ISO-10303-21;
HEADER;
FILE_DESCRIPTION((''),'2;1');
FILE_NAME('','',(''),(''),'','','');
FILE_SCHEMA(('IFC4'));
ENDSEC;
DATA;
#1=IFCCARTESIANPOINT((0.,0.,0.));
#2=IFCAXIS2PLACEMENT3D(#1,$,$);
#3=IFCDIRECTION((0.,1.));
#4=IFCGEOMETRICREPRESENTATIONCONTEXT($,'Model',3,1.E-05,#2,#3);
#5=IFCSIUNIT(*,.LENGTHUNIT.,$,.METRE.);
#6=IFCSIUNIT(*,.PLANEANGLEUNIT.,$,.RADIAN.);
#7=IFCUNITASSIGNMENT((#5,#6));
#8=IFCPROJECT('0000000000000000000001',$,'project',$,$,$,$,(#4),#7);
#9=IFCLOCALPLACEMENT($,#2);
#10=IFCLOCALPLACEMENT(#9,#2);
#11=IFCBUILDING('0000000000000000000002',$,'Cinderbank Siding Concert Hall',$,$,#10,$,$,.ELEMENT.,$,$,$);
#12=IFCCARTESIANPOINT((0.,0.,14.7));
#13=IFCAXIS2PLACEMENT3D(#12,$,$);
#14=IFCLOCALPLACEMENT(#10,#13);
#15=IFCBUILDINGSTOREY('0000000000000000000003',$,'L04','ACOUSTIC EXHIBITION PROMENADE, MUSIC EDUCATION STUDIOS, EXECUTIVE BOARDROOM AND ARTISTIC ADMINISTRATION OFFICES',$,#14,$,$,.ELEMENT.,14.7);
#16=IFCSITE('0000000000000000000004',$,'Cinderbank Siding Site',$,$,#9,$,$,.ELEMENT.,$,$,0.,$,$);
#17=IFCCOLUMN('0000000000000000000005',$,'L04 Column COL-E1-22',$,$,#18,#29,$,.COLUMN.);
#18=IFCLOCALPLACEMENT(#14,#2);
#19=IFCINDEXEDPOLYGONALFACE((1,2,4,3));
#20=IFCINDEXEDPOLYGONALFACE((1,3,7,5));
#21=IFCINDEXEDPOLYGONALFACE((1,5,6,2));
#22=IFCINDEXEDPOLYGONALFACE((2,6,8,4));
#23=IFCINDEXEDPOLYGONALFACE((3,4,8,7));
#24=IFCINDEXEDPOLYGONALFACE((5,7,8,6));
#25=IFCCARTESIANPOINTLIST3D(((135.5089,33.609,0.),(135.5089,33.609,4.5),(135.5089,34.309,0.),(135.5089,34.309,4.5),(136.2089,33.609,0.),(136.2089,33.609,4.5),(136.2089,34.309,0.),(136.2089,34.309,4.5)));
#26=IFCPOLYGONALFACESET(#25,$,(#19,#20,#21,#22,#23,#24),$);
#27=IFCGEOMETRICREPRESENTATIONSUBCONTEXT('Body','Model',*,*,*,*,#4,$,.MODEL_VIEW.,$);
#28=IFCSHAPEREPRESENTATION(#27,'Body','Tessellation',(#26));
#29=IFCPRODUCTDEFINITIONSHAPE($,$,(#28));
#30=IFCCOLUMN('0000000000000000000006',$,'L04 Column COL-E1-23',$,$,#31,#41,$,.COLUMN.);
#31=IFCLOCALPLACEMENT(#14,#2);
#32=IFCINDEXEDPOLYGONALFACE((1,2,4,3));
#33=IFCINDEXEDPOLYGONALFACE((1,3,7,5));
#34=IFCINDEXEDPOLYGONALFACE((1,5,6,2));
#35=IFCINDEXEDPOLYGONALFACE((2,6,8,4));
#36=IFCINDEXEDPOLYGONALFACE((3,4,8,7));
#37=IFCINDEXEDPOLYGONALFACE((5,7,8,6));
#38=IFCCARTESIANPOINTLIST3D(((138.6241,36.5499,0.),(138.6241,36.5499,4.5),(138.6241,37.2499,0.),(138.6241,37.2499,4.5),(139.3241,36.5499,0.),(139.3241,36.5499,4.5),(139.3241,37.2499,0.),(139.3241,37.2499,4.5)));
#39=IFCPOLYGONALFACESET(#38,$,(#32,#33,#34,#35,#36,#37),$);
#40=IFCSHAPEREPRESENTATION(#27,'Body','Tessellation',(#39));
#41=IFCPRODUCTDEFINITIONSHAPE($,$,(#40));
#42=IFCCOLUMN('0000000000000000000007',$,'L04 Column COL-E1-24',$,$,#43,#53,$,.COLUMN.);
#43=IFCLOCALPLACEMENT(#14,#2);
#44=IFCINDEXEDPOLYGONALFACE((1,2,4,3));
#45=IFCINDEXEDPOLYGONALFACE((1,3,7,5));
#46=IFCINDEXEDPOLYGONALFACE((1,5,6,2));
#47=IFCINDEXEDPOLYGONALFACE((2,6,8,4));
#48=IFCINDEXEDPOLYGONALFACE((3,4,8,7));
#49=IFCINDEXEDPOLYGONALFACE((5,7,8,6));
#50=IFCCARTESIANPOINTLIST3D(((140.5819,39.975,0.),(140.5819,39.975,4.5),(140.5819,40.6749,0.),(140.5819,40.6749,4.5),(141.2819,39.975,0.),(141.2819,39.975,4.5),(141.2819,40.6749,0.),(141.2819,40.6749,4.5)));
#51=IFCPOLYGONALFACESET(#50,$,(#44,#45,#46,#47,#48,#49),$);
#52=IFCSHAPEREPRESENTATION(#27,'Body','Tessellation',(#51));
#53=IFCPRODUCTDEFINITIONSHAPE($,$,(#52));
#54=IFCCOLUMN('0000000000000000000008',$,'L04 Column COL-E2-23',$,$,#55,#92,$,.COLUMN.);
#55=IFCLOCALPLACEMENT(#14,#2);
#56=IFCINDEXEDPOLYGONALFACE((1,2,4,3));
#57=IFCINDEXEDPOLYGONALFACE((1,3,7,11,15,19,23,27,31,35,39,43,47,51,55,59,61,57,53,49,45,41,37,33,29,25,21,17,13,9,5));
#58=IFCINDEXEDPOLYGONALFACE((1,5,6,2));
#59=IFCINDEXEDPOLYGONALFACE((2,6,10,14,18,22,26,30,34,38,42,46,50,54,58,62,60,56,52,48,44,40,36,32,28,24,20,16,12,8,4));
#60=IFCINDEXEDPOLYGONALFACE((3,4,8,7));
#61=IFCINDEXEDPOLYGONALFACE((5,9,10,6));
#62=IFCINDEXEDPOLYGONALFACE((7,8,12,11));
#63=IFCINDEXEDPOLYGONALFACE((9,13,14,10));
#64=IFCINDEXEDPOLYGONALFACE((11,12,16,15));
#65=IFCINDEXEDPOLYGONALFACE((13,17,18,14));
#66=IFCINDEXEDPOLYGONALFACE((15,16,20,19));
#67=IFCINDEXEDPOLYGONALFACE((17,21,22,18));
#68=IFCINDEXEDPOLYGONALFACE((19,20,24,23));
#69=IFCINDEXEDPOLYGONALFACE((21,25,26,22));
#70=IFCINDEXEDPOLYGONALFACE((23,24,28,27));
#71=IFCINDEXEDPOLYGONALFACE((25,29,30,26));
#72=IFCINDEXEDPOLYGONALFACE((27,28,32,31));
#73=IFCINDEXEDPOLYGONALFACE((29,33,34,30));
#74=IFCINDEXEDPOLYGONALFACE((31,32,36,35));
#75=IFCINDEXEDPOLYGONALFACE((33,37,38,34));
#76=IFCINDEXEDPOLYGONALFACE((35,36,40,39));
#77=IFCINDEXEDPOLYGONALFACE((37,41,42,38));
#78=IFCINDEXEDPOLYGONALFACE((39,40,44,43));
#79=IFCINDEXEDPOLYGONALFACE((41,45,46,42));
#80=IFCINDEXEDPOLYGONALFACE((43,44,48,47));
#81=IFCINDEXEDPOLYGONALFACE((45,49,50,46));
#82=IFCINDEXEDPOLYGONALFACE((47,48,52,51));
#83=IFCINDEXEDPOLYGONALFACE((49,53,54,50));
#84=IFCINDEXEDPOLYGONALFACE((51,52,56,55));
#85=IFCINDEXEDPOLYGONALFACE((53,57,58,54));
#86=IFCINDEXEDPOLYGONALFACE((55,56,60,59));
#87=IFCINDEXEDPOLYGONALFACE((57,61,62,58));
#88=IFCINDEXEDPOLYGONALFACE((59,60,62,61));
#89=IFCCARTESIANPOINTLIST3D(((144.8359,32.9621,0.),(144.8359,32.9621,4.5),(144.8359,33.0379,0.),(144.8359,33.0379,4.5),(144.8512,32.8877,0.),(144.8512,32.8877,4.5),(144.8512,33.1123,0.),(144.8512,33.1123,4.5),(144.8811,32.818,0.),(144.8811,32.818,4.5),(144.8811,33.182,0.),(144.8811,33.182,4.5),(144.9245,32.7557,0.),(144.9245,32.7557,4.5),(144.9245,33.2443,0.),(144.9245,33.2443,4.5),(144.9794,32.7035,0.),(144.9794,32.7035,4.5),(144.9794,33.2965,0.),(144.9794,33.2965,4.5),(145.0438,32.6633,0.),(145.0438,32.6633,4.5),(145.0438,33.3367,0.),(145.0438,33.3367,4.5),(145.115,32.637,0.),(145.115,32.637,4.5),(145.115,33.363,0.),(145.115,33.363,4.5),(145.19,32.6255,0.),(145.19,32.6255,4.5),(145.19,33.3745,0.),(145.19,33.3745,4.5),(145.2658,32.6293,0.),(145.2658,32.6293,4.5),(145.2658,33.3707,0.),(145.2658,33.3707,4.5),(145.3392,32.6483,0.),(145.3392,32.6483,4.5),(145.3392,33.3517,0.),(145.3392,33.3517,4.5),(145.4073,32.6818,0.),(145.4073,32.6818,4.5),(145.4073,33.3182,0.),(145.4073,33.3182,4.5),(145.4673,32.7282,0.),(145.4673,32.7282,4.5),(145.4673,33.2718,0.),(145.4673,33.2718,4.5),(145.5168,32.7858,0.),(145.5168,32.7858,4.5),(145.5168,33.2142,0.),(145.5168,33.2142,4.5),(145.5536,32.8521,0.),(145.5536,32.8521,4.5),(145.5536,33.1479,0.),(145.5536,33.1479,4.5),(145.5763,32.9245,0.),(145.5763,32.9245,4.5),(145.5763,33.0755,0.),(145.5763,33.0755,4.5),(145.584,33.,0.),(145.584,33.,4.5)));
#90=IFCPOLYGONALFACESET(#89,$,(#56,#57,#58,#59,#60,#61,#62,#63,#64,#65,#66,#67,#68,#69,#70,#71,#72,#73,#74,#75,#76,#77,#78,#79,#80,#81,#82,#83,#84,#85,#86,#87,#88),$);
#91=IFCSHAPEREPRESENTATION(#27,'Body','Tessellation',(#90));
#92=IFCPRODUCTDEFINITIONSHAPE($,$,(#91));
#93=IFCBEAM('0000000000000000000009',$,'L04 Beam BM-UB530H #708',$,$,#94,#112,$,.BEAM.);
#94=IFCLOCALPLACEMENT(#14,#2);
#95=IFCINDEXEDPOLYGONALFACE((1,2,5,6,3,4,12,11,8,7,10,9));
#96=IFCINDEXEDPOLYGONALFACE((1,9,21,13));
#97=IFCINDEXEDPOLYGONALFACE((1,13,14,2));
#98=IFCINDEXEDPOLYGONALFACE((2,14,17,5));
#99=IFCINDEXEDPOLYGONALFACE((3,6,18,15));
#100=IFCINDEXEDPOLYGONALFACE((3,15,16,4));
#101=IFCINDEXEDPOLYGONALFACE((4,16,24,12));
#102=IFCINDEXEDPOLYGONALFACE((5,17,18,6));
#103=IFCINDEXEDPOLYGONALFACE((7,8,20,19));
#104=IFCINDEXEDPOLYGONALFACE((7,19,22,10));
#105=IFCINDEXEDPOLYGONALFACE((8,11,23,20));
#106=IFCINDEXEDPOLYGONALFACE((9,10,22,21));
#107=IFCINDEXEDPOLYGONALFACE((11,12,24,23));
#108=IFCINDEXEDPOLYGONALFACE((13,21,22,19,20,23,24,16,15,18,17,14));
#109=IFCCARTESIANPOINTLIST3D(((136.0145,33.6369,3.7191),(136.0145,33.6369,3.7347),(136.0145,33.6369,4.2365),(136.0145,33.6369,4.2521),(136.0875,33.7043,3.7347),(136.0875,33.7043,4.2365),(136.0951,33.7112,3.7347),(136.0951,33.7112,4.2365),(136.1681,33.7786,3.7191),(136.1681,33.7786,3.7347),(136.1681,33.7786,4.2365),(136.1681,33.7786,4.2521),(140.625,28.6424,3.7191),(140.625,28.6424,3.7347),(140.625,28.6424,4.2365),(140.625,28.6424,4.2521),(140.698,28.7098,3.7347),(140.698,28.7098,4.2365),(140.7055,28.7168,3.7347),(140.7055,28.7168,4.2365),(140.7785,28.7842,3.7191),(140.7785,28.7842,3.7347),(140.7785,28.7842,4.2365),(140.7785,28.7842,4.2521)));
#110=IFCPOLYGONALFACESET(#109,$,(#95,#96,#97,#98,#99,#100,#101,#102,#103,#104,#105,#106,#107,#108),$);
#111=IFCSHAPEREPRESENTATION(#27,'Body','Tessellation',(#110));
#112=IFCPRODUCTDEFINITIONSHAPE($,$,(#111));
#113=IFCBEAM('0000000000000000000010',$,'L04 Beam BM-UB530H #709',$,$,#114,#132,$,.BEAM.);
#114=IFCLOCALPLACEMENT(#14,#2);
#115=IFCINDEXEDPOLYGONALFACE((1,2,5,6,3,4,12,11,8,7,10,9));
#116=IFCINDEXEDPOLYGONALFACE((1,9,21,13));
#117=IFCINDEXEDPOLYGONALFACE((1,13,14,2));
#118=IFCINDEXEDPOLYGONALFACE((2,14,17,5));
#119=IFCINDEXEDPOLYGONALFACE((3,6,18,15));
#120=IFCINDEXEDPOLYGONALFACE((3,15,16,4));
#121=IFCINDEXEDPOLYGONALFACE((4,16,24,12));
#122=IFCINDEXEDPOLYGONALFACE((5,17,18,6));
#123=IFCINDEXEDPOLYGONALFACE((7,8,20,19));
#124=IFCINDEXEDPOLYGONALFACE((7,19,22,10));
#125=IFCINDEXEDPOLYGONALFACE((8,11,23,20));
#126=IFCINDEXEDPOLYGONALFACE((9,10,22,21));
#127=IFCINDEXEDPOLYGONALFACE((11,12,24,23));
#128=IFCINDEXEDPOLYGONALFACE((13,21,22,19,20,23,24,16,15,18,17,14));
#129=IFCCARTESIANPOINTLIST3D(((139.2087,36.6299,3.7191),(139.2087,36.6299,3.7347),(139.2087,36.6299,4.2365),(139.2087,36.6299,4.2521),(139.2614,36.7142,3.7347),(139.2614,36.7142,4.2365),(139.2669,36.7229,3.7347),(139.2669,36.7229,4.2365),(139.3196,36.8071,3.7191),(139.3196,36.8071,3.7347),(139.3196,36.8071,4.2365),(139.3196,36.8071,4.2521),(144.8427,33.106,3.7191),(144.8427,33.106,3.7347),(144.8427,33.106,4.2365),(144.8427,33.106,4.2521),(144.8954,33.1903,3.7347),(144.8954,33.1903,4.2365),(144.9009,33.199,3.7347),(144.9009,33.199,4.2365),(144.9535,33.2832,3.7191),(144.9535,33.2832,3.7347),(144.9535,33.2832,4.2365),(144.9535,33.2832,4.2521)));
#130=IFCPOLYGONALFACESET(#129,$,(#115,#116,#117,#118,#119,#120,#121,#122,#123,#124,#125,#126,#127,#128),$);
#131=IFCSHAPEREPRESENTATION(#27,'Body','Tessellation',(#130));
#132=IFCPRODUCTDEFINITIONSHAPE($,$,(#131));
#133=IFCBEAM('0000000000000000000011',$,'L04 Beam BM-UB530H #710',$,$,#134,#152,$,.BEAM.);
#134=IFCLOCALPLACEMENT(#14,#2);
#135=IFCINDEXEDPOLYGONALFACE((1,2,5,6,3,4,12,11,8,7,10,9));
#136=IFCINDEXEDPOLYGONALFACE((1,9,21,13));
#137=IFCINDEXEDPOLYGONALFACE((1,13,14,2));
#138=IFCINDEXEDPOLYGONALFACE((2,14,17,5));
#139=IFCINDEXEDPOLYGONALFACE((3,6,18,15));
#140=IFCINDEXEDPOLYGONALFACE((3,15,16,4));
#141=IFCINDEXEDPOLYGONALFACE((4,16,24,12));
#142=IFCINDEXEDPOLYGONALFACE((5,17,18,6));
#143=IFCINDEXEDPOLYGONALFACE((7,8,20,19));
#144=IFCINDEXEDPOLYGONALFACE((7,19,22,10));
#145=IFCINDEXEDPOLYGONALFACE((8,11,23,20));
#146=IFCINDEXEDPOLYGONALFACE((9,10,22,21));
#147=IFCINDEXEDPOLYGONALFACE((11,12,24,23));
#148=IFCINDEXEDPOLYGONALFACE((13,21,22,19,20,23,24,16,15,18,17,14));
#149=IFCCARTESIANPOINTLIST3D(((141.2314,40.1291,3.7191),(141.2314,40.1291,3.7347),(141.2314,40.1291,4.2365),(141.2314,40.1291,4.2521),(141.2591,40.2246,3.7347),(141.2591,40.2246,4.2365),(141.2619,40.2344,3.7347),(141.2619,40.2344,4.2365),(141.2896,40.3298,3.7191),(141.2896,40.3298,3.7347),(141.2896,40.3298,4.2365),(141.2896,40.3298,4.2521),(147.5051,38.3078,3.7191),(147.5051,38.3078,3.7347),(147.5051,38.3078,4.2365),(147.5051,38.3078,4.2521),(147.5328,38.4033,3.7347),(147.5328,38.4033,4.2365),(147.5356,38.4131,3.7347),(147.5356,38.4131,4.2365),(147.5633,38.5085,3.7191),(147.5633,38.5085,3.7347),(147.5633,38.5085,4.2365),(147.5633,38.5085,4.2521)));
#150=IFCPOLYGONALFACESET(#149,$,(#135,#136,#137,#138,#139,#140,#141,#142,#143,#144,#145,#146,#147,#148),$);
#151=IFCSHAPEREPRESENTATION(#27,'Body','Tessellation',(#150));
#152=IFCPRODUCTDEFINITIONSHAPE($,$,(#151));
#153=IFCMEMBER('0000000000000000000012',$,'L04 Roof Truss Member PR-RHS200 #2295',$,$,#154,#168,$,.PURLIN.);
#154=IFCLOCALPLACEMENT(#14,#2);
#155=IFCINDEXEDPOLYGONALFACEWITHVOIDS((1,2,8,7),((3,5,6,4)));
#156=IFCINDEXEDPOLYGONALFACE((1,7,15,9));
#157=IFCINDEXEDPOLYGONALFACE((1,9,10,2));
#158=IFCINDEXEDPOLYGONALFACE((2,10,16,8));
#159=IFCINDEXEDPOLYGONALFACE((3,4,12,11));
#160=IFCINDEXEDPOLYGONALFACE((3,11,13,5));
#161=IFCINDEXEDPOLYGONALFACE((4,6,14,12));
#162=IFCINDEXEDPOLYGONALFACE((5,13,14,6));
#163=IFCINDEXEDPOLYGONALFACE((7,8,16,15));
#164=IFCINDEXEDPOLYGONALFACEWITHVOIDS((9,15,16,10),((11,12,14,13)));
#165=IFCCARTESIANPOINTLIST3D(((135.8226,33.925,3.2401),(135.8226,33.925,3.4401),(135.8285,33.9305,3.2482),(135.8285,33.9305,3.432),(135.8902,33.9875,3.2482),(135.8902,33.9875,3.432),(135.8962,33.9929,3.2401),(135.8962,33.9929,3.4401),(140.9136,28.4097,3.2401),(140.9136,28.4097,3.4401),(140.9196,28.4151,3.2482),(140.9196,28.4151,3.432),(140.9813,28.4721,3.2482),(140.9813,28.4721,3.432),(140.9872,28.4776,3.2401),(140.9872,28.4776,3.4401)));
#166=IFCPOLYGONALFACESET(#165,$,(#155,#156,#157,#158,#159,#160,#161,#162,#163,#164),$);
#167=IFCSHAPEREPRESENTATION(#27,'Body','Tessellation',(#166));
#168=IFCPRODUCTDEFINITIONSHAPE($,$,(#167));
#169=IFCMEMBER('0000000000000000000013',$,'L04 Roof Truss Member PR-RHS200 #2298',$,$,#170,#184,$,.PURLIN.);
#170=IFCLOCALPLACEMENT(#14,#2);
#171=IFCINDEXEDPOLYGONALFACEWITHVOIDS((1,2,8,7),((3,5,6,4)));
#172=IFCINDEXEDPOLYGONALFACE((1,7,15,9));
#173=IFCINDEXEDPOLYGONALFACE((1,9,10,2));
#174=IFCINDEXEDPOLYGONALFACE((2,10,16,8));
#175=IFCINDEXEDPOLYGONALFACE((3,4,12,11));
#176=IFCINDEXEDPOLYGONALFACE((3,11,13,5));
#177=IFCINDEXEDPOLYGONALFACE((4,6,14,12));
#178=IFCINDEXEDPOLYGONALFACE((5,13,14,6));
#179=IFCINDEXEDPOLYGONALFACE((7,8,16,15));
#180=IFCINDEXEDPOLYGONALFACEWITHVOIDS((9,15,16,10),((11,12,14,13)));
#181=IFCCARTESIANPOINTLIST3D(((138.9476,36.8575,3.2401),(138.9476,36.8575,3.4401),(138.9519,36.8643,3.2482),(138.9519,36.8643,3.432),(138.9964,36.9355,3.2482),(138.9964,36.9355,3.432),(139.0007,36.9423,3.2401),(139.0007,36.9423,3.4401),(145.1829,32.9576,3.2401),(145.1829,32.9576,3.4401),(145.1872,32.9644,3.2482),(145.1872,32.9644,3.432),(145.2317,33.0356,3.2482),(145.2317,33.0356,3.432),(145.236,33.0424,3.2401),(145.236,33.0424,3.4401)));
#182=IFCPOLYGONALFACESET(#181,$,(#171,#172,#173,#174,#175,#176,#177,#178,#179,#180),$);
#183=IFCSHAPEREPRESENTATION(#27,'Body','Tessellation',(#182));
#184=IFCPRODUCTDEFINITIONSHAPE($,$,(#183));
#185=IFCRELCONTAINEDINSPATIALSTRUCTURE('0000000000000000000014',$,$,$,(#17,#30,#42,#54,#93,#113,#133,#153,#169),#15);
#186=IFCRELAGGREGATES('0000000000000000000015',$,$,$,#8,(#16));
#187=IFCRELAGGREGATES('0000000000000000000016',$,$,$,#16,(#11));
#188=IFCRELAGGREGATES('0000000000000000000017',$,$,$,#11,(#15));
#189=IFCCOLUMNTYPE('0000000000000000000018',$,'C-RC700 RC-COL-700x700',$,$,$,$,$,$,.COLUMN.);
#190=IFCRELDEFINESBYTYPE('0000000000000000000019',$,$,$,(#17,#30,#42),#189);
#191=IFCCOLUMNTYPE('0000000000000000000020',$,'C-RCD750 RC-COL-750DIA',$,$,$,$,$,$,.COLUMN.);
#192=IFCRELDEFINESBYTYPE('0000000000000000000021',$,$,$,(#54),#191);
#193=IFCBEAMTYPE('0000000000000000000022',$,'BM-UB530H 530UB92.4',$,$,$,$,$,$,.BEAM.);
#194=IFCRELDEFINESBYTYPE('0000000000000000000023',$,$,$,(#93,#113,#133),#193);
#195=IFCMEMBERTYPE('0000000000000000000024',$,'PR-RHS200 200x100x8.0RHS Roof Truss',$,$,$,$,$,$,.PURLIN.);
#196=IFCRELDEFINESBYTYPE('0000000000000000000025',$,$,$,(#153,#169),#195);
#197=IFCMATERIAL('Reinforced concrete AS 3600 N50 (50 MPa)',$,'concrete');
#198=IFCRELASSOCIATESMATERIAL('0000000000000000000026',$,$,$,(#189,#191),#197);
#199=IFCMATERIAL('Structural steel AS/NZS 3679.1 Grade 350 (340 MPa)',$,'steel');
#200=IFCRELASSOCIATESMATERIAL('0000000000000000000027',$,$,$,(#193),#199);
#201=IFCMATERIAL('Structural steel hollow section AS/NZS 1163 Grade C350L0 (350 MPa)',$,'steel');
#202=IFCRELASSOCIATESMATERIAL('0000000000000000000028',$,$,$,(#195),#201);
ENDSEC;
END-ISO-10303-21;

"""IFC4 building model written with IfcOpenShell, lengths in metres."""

from ifc_helpers import new_model, si_unit, direction, frame, origin, origin_2d, place, context, subcontext, project, spatial, rectangle, hollow_rectangle, circle, i_section, extrude, material, material_profile, profile_set, type_object, element, save


model = new_model("IFC4")

# Units and contexts
model_context = context("Model", 3, precision=1e-05, world=origin(), true_north=direction((0.0, 1.0)))
body_context = subcontext(model_context, "Body", "Model", "MODEL_VIEW")
ifc_project = project(units=[si_unit("LENGTHUNIT", "METRE"), si_unit("PLANEANGLEUNIT", "RADIAN")], contexts=[model_context])

# Site, building, storey
site_placement = place(None, origin())
site = spatial("IfcSite", under=ifc_project, at=site_placement, Name="Cinderbank Siding Site", CompositionType="ELEMENT", RefElevation=0.0)
building_placement = place(site_placement, origin())
building = spatial("IfcBuilding", under=site, at=building_placement, Name="Cinderbank Siding Concert Hall", CompositionType="ELEMENT")
storey_placement = place(building_placement, frame((0.0, 0.0, 14.7)))
storey = spatial("IfcBuildingStorey", under=building, at=storey_placement, Name="L04", Description="ACOUSTIC EXHIBITION PROMENADE, MUSIC EDUCATION STUDIOS, EXECUTIVE BOARDROOM AND ARTISTIC ADMINISTRATION OFFICES", CompositionType="ELEMENT", Elevation=14.7)

# Columns
ifc_material_1 = material(Name="Reinforced concrete AS 3600 N50 (50 MPa)", Category="concrete")
ifc_material_profile_1 = material_profile(ifc_material_1, rectangle(XDim=0.7, YDim=0.7, at=origin_2d()), Name="RC-COL-700x700", Category="LoadBearing")
ifc_profile_set_1 = profile_set([ifc_material_profile_1], Name="Reinforced concrete AS 3600 N50 (50 MPa)")
column_type_1 = type_object("IfcColumnType", Name="C-RC700 RC-COL-700x700", PredefinedType="COLUMN", material=ifc_profile_set_1)
for number, where, z_axis, x_axis, name in (
    (1, (135.8589, 33.959, 0.0), (0.0, 0.0, 1.0), (1.0, 0.0, 0.0), "L04 Column COL-E1-22"),
    (2, (138.9741, 36.8999, 0.0), (0.0, 0.0, 1.0), (1.0, 0.0, 0.0), "L04 Column COL-E1-23"),
    (3, (140.9319, 40.325, 0.0), (0.0, 0.0, 1.0), (1.0, 0.0, 0.0), "L04 Column COL-E1-24"),
):
    element("IfcColumn", number, at=place(storey_placement, frame(where, z_axis=z_axis, x_axis=x_axis)), inside=storey, type_object=column_type_1, Name=name, PredefinedType="COLUMN", context=body_context, shape_type="SweptSolid", body=[
        extrude(rectangle(XDim=0.7, YDim=0.7, at=origin_2d()), origin(), (0.0, 0.0, 1.0), 4.5),
    ])
ifc_material_profile_2 = material_profile(ifc_material_1, circle(Radius=0.375, at=origin_2d()), Name="RC-COL-750DIA", Category="LoadBearing")
ifc_profile_set_2 = profile_set([ifc_material_profile_2], Name="Reinforced concrete AS 3600 N50 (50 MPa)")
column_type_2 = type_object("IfcColumnType", Name="C-RCD750 RC-COL-750DIA", PredefinedType="COLUMN", material=ifc_profile_set_2)
column_placement = place(storey_placement, frame((145.209, 33.0, 0.0), z_axis=(0.0, 0.0, 1.0), x_axis=(1.0, 0.0, 0.0)))
element("IfcColumn", 4, at=column_placement, inside=storey, type_object=column_type_2, Name="L04 Column COL-E2-23", PredefinedType="COLUMN", context=body_context, shape_type="SweptSolid", body=[
    extrude(circle(Radius=0.375, at=origin_2d()), origin(), (0.0, 0.0, 1.0), 4.5),
])

# Beams
ifc_material_2 = material(Name="Structural steel AS/NZS 3679.1 Grade 350 (340 MPa)", Category="steel")
ifc_material_profile_3 = material_profile(ifc_material_2, i_section(OverallWidth=0.209, OverallDepth=0.533, WebThickness=0.0103, FlangeThickness=0.0156, at=origin_2d()), Name="530UB92.4", Category="LoadBearing")
ifc_profile_set_3 = profile_set([ifc_material_profile_3], Name="Structural steel AS/NZS 3679.1 Grade 350 (340 MPa)")
beam_type = type_object("IfcBeamType", Name="BM-UB530H 530UB92.4", PredefinedType="BEAM", material=ifc_profile_set_3)
beam_1_placement = place(storey_placement, frame((136.0913, 33.7078, 3.9856), z_axis=(0.678292, -0.734792, 0.0), x_axis=(0.734792, 0.678292, 0.0)))
element("IfcBeam", 5, at=beam_1_placement, inside=storey, type_object=beam_type, Name="L04 Beam BM-UB530H #708", PredefinedType="BEAM", context=body_context, shape_type="SweptSolid", body=[
    extrude(i_section(OverallWidth=0.209, OverallDepth=0.533, WebThickness=0.0103, FlangeThickness=0.0156, at=origin_2d()), origin(), (0.0, 0.0, 1.0), 6.7971),
])
beam_2_placement = place(storey_placement, frame((139.2642, 36.7185, 3.9856), z_axis=(0.847819, -0.530286, 0.0), x_axis=(0.530286, 0.847819, 0.0)))
element("IfcBeam", 6, at=beam_2_placement, inside=storey, type_object=beam_type, Name="L04 Beam BM-UB530H #709", PredefinedType="BEAM", context=body_context, shape_type="SweptSolid", body=[
    extrude(i_section(OverallWidth=0.209, OverallDepth=0.533, WebThickness=0.0103, FlangeThickness=0.0156, at=origin_2d()), origin(), (0.0, 0.0, 1.0), 6.6453),
])
beam_3_placement = place(storey_placement, frame((141.2605, 40.2295, 3.9856), z_axis=(0.96035, -0.278796, 0.0), x_axis=(0.278796, 0.96035, 0.0)))
element("IfcBeam", 7, at=beam_3_placement, inside=storey, type_object=beam_type, Name="L04 Beam BM-UB530H #710", PredefinedType="BEAM", context=body_context, shape_type="SweptSolid", body=[
    extrude(i_section(OverallWidth=0.209, OverallDepth=0.533, WebThickness=0.0103, FlangeThickness=0.0156, at=origin_2d()), origin(), (0.0, 0.0, 1.0), 6.5327),
])

# Members
ifc_material_3 = material(Name="Structural steel hollow section AS/NZS 1163 Grade C350L0 (350 MPa)", Category="steel")
ifc_material_profile_4 = material_profile(ifc_material_3, hollow_rectangle(XDim=0.1001, YDim=0.2, WallThickness=0.0081, at=origin_2d()), Name="200x100x8.0RHS", Category="LoadBearing")
ifc_profile_set_4 = profile_set([ifc_material_profile_4], Name="Structural steel hollow section AS/NZS 1163 Grade C350L0 (350 MPa)")
member_type_1 = type_object("IfcMemberType", Name="PR-RHS200 200x100x8.0RHS Roof Truss", PredefinedType="PURLIN", material=ifc_profile_set_4)
member_1_placement = place(storey_placement, frame((135.8594, 33.959, 3.3401), z_axis=(0.678276, -0.734807, 0.0), x_axis=(0.734807, 0.678276, 0.0)))
element("IfcMember", 8, at=member_1_placement, inside=storey, type_object=member_type_1, Name="L04 Roof Truss Member PR-RHS200 #2295", PredefinedType="PURLIN", context=body_context, shape_type="SweptSolid", body=[
    extrude(hollow_rectangle(XDim=0.1001, YDim=0.2, WallThickness=0.0081, at=origin_2d()), origin(), (0.0, 0.0, 1.0), 7.5059),
])
member_2_placement = place(storey_placement, frame((138.9741, 36.8999, 3.3401), z_axis=(0.847827, -0.530273, 0.0), x_axis=(0.530273, 0.847827, 0.0)))
element("IfcMember", 9, at=member_2_placement, inside=storey, type_object=member_type_1, Name="L04 Roof Truss Member PR-RHS200 #2298", PredefinedType="PURLIN", context=body_context, shape_type="SweptSolid", body=[
    extrude(hollow_rectangle(XDim=0.1001, YDim=0.2, WallThickness=0.0081, at=origin_2d()), origin(), (0.0, 0.0, 1.0), 7.3545),
])

save(model, "model.ifc")
